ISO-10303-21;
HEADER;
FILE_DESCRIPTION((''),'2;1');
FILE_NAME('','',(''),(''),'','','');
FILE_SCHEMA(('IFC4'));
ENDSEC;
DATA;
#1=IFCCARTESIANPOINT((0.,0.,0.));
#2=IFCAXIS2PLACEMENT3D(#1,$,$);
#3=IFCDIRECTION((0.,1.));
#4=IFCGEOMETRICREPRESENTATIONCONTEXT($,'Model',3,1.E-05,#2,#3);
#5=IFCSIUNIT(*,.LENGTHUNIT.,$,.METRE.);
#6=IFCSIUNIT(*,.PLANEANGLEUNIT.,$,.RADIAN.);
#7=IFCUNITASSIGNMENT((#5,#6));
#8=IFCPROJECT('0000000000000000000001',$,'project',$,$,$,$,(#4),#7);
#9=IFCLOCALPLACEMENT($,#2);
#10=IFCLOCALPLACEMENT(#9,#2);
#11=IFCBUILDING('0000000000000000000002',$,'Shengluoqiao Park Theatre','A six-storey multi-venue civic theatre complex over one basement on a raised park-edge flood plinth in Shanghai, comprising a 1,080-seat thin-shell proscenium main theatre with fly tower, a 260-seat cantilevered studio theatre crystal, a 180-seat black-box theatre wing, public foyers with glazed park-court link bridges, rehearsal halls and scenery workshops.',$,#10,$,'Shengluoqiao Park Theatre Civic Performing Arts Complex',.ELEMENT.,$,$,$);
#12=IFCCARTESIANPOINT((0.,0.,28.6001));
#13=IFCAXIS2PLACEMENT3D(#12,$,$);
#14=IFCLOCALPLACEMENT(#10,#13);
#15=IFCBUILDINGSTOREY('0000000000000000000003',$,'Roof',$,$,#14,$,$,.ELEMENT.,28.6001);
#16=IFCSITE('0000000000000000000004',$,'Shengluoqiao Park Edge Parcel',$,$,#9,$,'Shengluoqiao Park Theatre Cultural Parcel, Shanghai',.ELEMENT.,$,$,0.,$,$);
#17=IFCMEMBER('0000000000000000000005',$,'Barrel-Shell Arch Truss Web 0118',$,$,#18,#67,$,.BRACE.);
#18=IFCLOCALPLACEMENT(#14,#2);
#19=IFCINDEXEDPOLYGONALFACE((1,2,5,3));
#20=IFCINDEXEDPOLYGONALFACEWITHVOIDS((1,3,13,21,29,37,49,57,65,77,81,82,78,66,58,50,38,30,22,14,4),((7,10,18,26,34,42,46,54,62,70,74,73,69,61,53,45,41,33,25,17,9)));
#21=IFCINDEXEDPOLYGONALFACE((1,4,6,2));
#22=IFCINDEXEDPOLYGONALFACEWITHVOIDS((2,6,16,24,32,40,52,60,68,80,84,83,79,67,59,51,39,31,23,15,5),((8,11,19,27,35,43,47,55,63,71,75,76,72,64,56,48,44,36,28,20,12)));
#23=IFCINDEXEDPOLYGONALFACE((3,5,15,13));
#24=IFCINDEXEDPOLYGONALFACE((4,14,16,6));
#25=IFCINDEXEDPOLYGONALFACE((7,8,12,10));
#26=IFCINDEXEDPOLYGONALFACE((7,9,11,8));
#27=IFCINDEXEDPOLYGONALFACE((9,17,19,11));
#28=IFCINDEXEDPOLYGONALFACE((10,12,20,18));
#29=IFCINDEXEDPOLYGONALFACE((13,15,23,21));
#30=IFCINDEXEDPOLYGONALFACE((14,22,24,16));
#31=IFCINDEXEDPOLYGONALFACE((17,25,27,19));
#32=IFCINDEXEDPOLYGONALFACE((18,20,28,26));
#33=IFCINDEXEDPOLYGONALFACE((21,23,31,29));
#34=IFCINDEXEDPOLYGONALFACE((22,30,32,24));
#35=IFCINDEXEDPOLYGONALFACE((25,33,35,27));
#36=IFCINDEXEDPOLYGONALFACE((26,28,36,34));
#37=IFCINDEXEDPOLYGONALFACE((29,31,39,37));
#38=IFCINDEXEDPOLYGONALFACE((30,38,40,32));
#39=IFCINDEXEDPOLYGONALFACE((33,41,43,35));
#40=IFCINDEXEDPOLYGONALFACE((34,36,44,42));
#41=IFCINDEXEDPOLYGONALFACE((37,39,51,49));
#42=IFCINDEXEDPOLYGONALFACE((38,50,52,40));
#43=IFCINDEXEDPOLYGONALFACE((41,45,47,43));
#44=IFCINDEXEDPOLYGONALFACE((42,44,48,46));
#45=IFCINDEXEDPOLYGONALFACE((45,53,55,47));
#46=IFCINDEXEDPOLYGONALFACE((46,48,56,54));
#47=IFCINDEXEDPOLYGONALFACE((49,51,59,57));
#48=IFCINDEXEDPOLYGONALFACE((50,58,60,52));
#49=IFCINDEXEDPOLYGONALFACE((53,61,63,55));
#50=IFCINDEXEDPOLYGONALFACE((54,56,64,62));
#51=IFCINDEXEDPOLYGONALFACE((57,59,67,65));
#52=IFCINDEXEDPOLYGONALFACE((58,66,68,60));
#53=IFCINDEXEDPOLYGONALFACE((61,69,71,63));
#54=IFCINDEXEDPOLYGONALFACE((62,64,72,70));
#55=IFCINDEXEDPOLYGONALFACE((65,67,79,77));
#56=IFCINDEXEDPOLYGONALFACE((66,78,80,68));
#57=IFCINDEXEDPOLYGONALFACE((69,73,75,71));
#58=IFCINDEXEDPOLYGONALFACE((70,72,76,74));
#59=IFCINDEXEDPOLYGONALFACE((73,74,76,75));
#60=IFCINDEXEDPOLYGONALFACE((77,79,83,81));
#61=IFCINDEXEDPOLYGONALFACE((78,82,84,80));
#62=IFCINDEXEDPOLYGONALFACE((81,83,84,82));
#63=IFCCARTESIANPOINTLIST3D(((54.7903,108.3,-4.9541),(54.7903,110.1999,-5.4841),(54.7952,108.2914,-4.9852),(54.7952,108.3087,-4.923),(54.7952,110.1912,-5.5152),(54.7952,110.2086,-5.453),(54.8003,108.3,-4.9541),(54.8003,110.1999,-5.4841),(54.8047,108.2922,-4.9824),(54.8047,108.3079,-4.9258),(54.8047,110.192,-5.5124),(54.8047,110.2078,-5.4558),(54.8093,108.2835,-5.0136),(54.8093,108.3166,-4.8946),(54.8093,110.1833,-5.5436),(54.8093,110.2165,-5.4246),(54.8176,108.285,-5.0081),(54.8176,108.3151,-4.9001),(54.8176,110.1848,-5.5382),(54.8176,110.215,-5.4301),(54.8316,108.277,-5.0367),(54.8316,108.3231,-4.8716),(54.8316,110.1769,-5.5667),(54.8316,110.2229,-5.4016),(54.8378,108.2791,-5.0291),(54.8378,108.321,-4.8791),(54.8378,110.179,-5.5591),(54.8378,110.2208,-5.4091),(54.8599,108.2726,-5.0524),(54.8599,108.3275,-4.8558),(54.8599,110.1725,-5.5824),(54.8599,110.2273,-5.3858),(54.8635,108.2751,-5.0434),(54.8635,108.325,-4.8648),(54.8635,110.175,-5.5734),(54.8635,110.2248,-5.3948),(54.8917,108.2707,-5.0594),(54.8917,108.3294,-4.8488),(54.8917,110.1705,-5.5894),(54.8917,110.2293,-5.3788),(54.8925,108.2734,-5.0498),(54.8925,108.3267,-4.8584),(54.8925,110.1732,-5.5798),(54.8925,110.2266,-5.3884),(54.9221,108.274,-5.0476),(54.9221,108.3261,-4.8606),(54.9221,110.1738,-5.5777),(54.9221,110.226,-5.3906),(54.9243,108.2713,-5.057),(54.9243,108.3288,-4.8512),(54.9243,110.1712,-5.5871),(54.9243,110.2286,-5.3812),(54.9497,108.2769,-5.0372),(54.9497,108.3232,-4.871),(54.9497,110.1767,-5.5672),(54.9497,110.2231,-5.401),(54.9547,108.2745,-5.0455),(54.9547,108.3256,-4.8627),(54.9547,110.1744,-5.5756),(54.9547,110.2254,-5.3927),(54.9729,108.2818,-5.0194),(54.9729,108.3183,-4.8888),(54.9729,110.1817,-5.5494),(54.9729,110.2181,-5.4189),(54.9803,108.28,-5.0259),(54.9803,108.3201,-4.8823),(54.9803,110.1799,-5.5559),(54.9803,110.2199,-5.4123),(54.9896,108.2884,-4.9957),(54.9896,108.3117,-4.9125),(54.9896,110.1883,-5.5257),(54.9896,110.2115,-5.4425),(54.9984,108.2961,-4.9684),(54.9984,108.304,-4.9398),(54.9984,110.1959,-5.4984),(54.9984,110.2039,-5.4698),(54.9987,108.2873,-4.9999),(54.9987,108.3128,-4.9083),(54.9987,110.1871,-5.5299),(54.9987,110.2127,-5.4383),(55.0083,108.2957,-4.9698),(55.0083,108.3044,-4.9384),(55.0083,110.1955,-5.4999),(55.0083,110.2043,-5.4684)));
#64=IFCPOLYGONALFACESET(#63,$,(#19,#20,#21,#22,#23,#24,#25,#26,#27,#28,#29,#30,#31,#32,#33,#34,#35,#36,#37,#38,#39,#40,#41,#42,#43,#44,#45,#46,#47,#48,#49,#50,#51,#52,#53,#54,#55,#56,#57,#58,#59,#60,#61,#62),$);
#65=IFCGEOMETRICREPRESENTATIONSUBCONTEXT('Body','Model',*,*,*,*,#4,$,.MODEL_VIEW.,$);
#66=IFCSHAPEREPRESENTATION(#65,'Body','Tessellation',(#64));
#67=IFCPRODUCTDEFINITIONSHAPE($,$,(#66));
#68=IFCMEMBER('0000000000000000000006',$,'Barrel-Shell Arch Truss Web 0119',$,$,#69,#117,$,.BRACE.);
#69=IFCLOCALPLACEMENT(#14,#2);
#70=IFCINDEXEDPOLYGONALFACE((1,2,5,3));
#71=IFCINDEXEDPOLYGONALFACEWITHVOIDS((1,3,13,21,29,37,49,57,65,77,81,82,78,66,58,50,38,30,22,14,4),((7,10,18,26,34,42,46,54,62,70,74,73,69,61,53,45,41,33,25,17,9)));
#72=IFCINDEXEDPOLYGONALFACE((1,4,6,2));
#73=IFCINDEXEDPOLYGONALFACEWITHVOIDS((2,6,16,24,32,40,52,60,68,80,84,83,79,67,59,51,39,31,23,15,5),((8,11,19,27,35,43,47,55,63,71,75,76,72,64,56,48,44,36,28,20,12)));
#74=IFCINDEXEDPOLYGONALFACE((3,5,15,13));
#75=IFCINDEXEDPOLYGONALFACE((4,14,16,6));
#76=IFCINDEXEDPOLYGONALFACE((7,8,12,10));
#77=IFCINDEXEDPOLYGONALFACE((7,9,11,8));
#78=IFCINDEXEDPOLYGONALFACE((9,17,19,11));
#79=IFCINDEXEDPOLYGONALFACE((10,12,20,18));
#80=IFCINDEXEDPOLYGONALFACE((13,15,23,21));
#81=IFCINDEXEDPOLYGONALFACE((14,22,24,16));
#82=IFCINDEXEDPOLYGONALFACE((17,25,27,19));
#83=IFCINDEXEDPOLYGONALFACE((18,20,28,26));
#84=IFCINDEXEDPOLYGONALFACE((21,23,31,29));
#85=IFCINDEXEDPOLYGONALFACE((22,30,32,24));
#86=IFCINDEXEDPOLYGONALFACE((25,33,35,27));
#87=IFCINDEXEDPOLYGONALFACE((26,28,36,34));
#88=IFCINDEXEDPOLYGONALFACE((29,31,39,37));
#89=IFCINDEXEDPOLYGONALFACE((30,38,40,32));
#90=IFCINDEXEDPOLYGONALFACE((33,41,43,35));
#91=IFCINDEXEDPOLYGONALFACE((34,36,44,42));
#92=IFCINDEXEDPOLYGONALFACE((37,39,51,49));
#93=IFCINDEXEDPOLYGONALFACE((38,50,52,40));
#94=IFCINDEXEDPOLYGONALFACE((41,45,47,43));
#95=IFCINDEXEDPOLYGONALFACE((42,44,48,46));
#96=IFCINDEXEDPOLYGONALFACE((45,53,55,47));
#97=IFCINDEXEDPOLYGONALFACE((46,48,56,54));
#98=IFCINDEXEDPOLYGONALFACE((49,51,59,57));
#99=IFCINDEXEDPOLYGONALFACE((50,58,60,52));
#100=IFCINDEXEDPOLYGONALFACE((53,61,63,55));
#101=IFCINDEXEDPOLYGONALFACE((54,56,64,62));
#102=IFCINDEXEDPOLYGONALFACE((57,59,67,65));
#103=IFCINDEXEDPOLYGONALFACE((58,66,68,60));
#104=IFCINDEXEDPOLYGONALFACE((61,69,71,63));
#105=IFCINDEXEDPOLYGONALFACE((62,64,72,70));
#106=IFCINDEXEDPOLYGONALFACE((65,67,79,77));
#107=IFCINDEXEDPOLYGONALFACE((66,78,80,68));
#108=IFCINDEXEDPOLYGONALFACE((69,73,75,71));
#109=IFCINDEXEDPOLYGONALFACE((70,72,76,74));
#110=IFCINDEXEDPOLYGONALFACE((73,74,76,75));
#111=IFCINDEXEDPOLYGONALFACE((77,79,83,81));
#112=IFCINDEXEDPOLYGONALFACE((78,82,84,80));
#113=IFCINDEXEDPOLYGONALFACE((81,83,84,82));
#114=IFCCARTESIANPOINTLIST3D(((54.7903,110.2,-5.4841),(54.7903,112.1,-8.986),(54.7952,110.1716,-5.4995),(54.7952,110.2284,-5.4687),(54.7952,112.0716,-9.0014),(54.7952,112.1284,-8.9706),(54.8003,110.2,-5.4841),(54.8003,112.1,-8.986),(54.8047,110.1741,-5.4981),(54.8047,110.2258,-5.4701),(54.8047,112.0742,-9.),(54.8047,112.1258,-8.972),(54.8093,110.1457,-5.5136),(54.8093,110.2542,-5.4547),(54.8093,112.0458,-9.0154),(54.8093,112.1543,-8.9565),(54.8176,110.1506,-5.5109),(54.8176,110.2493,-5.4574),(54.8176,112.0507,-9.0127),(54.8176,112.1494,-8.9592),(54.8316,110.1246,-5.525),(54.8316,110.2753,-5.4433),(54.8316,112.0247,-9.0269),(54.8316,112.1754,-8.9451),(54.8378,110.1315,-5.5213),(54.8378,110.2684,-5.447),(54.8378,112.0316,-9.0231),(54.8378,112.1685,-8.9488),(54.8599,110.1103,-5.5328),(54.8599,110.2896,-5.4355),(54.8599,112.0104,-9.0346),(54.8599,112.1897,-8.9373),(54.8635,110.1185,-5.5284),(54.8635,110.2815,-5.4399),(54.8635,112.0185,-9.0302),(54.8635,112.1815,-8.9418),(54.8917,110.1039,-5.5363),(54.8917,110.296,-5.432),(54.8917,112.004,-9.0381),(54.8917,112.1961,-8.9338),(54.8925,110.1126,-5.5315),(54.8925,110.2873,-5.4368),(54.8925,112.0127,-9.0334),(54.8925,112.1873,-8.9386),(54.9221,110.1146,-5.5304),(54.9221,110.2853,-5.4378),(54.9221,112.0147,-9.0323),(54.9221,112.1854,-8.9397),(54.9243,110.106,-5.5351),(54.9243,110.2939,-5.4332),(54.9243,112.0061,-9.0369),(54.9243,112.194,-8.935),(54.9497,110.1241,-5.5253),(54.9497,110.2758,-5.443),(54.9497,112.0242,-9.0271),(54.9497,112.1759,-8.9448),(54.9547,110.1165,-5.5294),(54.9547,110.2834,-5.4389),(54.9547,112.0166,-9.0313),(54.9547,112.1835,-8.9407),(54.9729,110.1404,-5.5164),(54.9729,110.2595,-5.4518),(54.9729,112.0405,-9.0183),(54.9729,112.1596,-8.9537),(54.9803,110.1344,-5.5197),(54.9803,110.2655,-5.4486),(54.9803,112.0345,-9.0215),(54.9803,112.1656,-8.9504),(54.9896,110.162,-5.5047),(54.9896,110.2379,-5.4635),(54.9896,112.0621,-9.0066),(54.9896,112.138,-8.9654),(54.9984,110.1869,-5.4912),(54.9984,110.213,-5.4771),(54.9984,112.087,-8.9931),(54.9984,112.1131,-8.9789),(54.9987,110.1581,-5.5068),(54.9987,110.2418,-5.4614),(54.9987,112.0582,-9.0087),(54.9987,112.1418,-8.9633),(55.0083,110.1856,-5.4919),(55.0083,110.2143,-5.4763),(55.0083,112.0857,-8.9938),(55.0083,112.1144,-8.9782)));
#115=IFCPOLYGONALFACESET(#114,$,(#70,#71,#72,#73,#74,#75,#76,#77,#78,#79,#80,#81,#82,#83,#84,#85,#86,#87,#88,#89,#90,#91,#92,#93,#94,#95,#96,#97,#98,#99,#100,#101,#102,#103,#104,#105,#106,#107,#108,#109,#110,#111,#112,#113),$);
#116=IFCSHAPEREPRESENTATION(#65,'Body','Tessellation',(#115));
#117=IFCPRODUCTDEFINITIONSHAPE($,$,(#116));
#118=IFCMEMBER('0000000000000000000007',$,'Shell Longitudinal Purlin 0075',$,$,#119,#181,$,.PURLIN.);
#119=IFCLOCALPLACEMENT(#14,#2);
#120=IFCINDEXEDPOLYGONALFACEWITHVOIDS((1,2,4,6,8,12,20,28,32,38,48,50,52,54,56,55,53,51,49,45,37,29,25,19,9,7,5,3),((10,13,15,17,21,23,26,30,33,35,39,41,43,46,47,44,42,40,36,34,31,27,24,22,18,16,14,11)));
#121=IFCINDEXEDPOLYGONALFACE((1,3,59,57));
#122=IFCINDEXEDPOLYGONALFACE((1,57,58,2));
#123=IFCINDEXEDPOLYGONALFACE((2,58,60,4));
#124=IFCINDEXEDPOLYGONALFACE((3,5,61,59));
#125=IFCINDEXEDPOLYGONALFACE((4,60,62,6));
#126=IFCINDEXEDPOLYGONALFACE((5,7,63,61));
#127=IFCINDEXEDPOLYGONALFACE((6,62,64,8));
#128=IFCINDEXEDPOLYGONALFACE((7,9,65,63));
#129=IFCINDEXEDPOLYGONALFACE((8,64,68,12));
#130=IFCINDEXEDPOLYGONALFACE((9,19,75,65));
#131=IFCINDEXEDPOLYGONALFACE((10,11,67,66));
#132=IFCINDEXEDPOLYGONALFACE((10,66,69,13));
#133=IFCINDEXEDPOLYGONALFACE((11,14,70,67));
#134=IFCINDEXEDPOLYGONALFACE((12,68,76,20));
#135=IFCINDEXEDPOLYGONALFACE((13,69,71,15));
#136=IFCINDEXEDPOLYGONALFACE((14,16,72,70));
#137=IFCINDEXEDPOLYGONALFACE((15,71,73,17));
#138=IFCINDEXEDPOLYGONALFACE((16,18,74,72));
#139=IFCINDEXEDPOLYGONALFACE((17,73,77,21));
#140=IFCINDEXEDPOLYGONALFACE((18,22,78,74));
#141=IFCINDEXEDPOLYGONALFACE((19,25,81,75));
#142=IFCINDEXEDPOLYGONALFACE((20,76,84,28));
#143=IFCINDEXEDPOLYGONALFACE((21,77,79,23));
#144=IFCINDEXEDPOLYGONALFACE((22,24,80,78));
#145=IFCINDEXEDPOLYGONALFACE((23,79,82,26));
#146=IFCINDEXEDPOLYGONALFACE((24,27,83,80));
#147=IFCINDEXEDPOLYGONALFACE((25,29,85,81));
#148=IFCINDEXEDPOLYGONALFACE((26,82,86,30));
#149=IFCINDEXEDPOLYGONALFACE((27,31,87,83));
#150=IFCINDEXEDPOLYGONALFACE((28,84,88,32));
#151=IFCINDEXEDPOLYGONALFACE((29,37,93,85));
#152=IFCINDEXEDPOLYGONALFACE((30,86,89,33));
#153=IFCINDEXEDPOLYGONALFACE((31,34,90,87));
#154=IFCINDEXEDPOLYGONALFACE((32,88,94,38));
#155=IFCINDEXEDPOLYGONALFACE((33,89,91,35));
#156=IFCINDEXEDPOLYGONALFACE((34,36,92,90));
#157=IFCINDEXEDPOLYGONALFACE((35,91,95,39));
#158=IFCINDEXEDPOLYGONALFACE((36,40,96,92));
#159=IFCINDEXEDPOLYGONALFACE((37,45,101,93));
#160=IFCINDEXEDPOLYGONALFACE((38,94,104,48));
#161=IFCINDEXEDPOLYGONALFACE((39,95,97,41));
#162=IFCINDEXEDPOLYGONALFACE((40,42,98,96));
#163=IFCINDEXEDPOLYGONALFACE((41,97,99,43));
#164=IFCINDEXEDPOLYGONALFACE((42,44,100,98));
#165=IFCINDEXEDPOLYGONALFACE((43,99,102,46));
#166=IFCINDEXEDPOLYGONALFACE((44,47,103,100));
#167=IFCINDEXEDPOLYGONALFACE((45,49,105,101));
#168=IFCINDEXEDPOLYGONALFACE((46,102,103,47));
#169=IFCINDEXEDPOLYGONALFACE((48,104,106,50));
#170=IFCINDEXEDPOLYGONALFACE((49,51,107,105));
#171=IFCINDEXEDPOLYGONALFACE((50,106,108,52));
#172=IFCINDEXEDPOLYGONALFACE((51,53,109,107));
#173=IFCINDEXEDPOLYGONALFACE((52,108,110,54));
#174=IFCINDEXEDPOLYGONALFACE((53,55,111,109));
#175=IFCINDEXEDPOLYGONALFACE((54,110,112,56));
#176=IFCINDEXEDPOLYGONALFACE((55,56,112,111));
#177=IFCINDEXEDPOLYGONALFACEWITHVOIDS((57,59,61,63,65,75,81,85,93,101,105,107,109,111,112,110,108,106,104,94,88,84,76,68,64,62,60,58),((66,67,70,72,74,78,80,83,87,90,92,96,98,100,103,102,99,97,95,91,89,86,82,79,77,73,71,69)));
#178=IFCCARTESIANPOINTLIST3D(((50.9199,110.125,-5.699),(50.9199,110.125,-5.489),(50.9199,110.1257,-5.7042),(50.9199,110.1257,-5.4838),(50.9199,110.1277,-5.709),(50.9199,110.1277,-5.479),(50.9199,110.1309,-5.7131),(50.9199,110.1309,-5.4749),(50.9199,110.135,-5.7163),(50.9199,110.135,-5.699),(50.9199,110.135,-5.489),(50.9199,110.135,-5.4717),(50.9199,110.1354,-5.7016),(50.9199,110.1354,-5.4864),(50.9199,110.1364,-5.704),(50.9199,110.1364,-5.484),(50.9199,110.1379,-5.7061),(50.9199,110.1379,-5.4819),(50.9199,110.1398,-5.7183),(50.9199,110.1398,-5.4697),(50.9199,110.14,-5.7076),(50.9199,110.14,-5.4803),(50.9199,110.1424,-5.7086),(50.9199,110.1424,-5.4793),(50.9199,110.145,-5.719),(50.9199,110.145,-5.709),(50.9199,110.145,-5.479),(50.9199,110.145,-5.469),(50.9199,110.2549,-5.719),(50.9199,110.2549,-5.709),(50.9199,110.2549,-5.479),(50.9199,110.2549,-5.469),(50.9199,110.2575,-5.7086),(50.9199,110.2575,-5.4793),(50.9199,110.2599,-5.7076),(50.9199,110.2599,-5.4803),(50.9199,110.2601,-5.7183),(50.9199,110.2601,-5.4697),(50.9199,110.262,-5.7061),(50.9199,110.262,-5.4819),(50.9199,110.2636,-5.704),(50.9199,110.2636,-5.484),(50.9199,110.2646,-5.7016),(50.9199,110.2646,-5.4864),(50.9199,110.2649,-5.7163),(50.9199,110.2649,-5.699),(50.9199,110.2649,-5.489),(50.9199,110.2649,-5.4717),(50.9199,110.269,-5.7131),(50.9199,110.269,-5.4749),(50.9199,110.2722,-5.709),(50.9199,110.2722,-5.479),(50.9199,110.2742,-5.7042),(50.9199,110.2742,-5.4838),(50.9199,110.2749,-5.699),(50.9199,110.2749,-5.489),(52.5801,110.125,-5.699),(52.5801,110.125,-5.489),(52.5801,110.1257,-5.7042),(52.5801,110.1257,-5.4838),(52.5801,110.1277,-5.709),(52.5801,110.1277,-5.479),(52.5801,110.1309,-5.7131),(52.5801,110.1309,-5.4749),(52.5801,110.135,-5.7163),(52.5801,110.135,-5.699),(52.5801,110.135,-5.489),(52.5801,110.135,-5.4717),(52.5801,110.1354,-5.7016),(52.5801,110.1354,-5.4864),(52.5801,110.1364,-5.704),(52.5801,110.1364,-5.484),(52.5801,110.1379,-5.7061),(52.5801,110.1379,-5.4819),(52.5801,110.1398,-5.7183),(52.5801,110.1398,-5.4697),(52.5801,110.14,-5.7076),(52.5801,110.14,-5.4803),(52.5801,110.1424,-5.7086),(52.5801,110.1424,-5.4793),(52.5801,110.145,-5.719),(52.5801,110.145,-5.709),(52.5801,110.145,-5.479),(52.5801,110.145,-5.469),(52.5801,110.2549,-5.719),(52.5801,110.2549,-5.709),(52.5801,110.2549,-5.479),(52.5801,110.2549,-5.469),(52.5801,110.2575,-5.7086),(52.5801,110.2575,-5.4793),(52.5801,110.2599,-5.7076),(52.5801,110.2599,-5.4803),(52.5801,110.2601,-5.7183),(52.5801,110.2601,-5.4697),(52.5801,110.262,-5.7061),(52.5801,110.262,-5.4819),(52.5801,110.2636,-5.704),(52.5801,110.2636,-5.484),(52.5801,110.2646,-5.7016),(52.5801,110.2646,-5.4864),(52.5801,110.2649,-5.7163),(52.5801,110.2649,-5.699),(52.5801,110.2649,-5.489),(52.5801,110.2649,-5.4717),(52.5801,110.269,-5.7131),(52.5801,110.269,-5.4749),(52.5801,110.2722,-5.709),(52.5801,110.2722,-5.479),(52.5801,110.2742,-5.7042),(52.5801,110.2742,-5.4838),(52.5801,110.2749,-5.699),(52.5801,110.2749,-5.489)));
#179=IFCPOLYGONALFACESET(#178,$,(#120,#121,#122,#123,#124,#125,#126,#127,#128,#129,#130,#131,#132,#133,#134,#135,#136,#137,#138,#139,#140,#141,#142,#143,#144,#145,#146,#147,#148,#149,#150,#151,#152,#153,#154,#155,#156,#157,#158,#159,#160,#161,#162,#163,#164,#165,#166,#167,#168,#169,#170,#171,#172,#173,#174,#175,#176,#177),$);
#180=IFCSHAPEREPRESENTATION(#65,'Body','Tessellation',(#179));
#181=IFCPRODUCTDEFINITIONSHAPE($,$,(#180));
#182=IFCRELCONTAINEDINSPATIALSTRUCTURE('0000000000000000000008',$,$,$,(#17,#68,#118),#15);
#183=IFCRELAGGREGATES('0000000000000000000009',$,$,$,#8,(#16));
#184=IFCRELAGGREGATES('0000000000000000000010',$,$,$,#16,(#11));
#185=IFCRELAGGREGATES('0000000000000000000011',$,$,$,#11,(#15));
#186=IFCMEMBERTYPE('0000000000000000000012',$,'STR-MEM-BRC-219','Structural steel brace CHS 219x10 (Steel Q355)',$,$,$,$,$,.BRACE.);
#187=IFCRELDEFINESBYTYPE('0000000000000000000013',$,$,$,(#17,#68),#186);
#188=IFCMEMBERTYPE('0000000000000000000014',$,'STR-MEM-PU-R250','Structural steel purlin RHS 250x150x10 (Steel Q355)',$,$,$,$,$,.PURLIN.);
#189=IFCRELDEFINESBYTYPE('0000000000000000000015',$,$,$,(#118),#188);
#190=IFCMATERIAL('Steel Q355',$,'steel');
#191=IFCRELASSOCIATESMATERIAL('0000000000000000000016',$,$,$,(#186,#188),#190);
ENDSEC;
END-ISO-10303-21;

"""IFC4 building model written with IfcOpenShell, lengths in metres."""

from ifc_helpers import new_model, si_unit, direction, frame, origin, origin_2d, place, context, subcontext, project, spatial, hollow_rectangle, hollow_circle, extrude, material, material_profile, profile_set, type_object, element, save


model = new_model("IFC4")

# Units and contexts
model_context = context("Model", 3, precision=1e-05, world=origin(), true_north=direction((0.0, 1.0)))
body_context = subcontext(model_context, "Body", "Model", "MODEL_VIEW")
ifc_project = project(units=[si_unit("LENGTHUNIT", "METRE"), si_unit("PLANEANGLEUNIT", "RADIAN")], contexts=[model_context])

# Site, building, storey
site_placement = place(None, origin())
site = spatial("IfcSite", under=ifc_project, at=site_placement, Name="Shengluoqiao Park Edge Parcel", LongName="Shengluoqiao Park Theatre Cultural Parcel, Shanghai", CompositionType="ELEMENT", RefElevation=0.0)
building_placement = place(site_placement, origin())
building = spatial("IfcBuilding", under=site, at=building_placement, Name="Shengluoqiao Park Theatre", Description="A six-storey multi-venue civic theatre complex over one basement on a raised park-edge flood plinth in Shanghai, comprising a 1,080-seat thin-shell proscenium main theatre with fly tower, a 260-seat cantilevered studio theatre crystal, a 180-seat black-box theatre wing, public foyers with glazed park-court link bridges, rehearsal halls and scenery workshops.", LongName="Shengluoqiao Park Theatre Civic Performing Arts Complex", CompositionType="ELEMENT")
storey_placement = place(building_placement, frame((0.0, 0.0, 28.6001)))
storey = spatial("IfcBuildingStorey", under=building, at=storey_placement, Name="Roof", CompositionType="ELEMENT", Elevation=28.6001)

# Shared definitions
ifc_material_1 = material(Name="Steel Q355", Category="steel")

# Members
ifc_material_profile_1 = material_profile(ifc_material_1, hollow_circle(Radius=0.1096, WallThickness=0.01, at=origin_2d()), Name="CHS 219x10")
ifc_profile_set_1 = profile_set([ifc_material_profile_1], Name="Steel Q355")
member_type_1 = type_object("IfcMemberType", Name="STR-MEM-BRC-219", Description="Structural steel brace CHS 219x10 (Steel Q355)", PredefinedType="BRACE", material=ifc_profile_set_1)
member_1_placement = place(storey_placement, frame((54.8999, 108.3, -4.9541), z_axis=(0.0, 0.963219, -0.268716), x_axis=(-1.0, 0.0, 0.0)))
element("IfcMember", 1, at=member_1_placement, inside=storey, type_object=member_type_1, Name="Barrel-Shell Arch Truss Web 0118", PredefinedType="BRACE", context=body_context, shape_type="SweptSolid", body=[
    extrude(hollow_circle(Radius=0.1096, WallThickness=0.01, at=origin_2d()), origin(), (0.0, 0.0, 1.0), 1.9724),
])
member_2_placement = place(storey_placement, frame((54.8999, 110.2, -5.4841), z_axis=(0.0, 0.476915, -0.87895), x_axis=(-1.0, 0.0, 0.0)))
element("IfcMember", 2, at=member_2_placement, inside=storey, type_object=member_type_1, Name="Barrel-Shell Arch Truss Web 0119", PredefinedType="BRACE", context=body_context, shape_type="SweptSolid", body=[
    extrude(hollow_circle(Radius=0.1096, WallThickness=0.01, at=origin_2d()), origin(), (0.0, 0.0, 1.0), 3.9841),
])
ifc_material_profile_2 = material_profile(ifc_material_1, hollow_rectangle(XDim=0.1499, YDim=0.25, WallThickness=0.01, InnerFilletRadius=0.01, OuterFilletRadius=0.02, at=origin_2d()), Name="RHS 250x150x10")
ifc_profile_set_2 = profile_set([ifc_material_profile_2], Name="Steel Q355")
member_type_2 = type_object("IfcMemberType", Name="STR-MEM-PU-R250", Description="Structural steel purlin RHS 250x150x10 (Steel Q355)", PredefinedType="PURLIN", material=ifc_profile_set_2)
member_3_placement = place(storey_placement, frame((50.9199, 110.2, -5.594), z_axis=(1.0, 0.0, 0.0), x_axis=(0.0, 1.0, 0.0)))
element("IfcMember", 3, at=member_3_placement, inside=storey, type_object=member_type_2, Name="Shell Longitudinal Purlin 0075", PredefinedType="PURLIN", context=body_context, shape_type="SweptSolid", body=[
    extrude(hollow_rectangle(XDim=0.1499, YDim=0.25, WallThickness=0.01, InnerFilletRadius=0.01, OuterFilletRadius=0.02, at=origin_2d()), origin(), (0.0, 0.0, 1.0), 1.6602),
])

save(model, "model.ifc")
